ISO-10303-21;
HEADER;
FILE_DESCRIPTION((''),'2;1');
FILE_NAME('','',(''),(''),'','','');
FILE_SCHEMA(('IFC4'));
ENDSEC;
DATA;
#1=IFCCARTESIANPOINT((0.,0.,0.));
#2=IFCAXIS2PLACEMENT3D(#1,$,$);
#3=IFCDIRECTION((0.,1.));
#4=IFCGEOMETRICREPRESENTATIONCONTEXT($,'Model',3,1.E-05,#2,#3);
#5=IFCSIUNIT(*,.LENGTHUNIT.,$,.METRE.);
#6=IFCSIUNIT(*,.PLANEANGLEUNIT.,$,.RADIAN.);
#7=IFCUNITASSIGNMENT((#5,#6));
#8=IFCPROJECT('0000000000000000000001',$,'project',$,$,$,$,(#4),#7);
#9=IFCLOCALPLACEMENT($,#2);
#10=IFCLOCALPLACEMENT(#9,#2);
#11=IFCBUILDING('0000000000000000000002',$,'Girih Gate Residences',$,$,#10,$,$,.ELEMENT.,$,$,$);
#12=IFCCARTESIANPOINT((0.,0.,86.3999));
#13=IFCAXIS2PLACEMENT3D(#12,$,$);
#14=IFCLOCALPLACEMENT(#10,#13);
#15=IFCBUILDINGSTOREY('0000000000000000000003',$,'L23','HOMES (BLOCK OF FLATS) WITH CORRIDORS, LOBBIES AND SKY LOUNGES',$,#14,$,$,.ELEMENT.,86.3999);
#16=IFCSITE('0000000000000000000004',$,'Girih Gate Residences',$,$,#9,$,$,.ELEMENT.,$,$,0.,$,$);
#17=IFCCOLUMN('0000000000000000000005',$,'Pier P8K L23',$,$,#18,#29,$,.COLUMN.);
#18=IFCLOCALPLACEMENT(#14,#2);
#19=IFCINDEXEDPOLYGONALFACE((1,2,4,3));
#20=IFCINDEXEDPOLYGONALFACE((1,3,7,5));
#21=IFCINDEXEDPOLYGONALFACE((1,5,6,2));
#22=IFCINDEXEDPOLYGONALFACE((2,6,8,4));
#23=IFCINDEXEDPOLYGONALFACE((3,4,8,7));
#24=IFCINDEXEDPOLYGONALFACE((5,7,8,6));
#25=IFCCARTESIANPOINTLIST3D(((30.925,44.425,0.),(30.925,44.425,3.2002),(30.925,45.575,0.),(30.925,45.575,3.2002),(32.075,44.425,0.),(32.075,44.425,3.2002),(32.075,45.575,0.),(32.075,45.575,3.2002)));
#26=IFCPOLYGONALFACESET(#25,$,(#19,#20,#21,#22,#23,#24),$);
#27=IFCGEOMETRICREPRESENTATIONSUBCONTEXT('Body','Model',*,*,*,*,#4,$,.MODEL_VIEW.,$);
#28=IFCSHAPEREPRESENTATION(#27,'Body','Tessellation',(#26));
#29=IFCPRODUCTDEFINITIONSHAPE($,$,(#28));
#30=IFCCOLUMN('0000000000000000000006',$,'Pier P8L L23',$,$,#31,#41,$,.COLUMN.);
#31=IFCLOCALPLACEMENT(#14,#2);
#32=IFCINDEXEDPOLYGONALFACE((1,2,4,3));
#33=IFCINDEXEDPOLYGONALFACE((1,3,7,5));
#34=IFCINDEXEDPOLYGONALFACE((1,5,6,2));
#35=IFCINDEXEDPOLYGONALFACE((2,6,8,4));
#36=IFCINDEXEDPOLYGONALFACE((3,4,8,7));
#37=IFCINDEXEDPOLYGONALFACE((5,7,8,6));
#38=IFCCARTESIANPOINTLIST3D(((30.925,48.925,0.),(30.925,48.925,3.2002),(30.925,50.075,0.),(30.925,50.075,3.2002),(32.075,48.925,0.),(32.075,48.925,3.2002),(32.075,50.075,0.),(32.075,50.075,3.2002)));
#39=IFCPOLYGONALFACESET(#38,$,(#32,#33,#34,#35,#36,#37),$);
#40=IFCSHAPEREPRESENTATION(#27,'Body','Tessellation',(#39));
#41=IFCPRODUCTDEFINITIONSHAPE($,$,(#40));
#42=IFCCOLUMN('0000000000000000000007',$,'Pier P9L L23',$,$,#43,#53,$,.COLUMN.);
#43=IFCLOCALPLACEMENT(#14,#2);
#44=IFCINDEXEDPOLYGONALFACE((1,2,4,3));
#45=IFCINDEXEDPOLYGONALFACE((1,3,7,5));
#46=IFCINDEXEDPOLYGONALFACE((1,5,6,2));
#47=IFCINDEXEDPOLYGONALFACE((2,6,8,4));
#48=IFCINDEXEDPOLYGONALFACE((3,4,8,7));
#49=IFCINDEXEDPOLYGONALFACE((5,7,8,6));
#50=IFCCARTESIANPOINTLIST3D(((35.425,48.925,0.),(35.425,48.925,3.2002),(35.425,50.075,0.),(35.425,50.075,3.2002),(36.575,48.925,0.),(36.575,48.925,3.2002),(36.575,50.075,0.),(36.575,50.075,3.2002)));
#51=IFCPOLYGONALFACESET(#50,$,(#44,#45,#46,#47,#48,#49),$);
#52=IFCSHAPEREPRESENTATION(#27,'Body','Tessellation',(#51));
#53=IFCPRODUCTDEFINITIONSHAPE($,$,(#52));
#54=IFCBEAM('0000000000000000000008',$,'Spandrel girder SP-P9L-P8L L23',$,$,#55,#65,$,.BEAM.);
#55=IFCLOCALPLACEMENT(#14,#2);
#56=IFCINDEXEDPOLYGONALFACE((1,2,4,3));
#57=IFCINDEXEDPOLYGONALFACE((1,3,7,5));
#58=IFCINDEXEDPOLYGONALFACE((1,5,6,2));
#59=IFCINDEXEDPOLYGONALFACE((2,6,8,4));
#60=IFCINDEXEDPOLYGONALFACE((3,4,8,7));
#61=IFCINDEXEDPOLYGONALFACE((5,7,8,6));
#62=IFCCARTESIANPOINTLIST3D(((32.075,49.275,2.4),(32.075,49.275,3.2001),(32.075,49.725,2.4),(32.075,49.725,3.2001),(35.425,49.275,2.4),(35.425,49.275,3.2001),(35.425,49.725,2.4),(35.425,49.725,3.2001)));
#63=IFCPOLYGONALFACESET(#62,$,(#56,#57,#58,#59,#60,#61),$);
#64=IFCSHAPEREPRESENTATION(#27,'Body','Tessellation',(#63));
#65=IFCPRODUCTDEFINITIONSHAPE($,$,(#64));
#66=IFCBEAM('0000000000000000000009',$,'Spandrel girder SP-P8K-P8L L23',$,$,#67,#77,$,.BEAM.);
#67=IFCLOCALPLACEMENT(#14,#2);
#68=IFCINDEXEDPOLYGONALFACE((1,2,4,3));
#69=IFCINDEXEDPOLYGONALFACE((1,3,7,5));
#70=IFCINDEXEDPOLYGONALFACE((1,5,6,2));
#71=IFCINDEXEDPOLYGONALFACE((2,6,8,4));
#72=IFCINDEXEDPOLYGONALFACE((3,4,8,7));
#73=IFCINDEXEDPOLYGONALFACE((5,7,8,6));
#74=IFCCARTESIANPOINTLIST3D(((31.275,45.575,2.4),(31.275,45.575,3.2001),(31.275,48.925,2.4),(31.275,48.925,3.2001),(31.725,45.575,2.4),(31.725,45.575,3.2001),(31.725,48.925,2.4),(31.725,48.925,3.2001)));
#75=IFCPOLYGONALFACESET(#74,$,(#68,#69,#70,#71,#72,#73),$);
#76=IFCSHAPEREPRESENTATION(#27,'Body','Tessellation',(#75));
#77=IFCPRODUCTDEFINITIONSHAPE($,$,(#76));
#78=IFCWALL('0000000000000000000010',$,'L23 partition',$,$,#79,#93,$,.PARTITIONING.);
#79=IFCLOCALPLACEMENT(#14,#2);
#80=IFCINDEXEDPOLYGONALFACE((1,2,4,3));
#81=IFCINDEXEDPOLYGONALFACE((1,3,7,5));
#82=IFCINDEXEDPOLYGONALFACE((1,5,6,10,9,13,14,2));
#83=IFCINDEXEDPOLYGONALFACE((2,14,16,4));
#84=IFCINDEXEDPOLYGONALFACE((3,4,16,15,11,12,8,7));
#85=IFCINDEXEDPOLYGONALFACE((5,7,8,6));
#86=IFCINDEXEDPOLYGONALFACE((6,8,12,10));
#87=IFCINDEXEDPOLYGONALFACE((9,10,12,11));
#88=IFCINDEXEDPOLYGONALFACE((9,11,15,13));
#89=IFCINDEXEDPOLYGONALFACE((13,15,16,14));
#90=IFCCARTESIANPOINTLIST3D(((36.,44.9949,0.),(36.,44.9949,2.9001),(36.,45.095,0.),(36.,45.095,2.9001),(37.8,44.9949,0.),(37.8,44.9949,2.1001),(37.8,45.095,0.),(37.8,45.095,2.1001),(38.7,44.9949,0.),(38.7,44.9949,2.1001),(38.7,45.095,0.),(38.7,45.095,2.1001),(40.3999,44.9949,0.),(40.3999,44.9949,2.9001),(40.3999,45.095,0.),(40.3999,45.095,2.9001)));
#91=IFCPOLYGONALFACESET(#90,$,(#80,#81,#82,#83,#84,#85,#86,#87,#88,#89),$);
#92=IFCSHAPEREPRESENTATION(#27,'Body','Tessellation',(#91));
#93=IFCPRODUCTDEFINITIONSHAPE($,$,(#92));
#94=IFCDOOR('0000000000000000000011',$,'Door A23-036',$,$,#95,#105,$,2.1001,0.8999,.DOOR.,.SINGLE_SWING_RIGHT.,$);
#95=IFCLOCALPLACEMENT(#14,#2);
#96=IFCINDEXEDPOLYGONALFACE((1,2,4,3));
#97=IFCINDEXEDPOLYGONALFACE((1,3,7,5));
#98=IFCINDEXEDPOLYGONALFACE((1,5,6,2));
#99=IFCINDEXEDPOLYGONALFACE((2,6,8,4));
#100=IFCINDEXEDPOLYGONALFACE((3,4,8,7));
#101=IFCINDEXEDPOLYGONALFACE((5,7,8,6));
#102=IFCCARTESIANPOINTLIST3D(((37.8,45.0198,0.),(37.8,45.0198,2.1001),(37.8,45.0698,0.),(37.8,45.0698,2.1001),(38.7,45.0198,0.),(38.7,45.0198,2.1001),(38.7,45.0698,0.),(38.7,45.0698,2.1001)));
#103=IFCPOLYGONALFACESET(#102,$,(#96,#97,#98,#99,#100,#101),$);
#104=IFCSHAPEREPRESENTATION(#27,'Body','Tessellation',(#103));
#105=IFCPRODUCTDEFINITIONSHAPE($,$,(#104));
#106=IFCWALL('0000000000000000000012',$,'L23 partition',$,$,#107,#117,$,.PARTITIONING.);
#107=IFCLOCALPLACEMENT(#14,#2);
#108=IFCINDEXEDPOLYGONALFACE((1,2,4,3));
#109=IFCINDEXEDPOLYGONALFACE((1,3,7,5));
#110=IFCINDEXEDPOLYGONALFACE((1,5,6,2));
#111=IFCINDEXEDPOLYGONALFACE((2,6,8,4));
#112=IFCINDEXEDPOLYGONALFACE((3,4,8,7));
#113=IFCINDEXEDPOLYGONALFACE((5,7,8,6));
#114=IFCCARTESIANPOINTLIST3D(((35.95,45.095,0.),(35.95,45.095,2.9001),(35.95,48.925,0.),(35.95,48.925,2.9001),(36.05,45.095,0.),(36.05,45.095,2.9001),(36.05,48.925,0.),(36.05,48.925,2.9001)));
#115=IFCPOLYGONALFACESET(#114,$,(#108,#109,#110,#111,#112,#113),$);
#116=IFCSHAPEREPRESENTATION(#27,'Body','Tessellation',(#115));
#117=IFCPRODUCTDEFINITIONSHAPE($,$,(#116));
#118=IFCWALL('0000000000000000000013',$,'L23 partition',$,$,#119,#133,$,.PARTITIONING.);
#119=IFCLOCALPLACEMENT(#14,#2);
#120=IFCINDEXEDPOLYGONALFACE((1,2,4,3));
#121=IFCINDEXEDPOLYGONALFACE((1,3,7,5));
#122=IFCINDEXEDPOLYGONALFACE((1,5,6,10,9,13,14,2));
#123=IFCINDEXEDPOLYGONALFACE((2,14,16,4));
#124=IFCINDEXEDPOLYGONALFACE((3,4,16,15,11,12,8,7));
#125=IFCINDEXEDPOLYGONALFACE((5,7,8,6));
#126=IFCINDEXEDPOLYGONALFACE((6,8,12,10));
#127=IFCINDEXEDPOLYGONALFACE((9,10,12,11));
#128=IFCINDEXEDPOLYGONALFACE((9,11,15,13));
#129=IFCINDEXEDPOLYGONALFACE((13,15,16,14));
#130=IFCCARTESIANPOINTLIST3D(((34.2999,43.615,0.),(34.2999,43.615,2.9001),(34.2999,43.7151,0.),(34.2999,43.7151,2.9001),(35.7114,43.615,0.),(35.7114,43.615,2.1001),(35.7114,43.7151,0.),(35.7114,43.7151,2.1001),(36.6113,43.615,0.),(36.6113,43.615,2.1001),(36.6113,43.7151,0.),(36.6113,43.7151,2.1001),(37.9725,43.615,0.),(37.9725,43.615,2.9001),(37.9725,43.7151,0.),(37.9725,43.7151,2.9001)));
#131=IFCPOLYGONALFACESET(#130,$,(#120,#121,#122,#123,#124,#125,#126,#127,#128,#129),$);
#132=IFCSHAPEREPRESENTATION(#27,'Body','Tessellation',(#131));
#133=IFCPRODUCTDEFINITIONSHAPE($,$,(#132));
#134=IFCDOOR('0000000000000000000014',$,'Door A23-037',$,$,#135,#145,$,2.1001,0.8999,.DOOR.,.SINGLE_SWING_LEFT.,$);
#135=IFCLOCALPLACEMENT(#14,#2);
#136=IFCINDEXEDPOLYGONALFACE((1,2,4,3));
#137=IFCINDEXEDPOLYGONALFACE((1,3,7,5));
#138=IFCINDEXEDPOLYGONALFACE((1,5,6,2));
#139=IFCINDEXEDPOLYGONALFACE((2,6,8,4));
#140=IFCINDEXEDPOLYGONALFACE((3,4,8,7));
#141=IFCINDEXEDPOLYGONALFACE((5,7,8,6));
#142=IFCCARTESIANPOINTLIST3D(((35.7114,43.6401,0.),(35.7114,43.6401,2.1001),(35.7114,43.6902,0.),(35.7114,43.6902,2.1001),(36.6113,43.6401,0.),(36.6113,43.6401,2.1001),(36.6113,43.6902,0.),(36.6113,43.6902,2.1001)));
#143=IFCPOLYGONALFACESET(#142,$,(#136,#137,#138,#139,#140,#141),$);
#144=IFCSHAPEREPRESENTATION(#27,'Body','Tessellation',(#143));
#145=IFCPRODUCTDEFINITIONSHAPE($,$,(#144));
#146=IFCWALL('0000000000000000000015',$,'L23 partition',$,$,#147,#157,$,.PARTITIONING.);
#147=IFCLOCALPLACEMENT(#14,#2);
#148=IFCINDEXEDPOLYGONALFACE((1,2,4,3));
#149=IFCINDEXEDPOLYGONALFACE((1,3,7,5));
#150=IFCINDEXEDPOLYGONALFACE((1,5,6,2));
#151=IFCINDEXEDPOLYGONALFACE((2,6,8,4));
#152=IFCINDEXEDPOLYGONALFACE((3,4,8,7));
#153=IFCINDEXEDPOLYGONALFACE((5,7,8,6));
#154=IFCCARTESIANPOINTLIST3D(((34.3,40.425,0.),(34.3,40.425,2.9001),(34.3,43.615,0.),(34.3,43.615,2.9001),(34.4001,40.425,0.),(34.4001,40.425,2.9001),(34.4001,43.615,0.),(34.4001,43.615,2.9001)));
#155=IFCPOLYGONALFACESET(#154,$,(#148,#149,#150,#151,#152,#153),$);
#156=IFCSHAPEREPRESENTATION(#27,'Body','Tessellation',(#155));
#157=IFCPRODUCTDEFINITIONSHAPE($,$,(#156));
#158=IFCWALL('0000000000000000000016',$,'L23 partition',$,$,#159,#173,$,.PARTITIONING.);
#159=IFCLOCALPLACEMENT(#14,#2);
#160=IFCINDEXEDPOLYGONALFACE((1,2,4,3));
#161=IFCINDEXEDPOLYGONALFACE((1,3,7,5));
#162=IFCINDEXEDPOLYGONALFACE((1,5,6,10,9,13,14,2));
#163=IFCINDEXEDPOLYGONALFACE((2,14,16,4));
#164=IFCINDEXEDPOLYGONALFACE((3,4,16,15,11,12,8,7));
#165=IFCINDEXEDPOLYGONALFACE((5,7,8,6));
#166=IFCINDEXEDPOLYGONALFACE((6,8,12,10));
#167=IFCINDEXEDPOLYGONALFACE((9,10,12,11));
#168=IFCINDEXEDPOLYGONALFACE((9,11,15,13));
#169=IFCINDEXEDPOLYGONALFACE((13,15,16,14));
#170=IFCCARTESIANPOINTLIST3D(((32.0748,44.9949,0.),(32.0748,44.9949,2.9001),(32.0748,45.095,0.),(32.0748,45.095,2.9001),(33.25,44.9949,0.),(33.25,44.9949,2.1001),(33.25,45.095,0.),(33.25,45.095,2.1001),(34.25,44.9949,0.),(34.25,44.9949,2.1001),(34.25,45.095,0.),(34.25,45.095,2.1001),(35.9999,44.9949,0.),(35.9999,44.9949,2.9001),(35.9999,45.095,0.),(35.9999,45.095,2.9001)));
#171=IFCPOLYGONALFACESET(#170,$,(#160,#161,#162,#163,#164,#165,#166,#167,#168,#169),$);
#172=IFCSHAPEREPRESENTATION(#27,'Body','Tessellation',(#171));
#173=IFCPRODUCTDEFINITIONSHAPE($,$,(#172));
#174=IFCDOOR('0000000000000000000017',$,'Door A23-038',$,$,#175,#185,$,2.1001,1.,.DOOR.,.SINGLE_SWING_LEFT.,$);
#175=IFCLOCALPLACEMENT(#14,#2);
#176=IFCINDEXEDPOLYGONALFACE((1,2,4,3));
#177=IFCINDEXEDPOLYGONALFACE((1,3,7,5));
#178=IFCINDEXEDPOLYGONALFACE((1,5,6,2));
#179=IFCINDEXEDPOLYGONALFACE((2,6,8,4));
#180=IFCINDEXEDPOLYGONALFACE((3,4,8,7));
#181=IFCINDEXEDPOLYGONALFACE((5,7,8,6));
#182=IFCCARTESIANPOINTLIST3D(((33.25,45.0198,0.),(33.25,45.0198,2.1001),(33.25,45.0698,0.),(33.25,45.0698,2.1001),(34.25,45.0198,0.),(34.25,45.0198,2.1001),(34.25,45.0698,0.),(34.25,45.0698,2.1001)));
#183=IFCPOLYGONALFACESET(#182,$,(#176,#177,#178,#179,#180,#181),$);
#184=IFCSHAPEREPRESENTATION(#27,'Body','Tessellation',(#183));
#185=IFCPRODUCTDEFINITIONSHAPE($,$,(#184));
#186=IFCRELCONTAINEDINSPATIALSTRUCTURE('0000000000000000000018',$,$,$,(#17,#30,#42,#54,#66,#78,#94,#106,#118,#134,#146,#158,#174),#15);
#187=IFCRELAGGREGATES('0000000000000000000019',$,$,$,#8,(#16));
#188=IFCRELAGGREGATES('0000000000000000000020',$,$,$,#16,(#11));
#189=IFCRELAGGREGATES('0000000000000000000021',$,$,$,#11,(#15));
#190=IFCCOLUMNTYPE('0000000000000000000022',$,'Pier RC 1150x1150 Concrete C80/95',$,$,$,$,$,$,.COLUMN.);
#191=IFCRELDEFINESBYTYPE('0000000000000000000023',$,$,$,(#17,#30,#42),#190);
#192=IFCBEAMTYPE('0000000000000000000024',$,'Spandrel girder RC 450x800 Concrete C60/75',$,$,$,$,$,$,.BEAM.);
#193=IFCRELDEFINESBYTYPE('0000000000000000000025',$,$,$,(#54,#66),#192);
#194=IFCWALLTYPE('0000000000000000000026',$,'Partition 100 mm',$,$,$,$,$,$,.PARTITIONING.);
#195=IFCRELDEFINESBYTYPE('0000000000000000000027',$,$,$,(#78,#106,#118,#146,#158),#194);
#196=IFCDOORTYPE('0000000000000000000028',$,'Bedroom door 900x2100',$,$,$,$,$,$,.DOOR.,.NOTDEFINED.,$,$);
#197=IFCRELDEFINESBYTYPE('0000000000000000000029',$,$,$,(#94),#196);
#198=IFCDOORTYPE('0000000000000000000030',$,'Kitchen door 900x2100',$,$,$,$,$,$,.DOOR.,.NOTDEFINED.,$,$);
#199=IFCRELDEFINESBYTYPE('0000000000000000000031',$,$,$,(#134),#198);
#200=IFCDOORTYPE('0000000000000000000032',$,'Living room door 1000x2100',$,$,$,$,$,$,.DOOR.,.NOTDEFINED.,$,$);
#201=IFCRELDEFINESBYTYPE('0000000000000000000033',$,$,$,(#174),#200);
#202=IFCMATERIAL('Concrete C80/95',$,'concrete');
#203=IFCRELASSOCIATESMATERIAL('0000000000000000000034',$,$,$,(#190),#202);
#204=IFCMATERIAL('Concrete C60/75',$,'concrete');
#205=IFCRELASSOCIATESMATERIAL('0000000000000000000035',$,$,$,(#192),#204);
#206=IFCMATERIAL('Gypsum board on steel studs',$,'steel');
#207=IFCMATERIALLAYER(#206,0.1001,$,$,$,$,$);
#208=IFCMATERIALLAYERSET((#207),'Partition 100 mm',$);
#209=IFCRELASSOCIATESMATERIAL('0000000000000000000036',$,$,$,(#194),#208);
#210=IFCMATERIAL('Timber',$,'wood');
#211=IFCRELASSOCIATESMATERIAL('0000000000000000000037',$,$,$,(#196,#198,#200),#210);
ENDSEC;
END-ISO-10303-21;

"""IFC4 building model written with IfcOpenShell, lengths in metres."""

from ifc_helpers import new_model, si_unit, direction, frame, frame_2d, origin, origin_2d, place, context, subcontext, project, spatial, rectangle, extrude, material, layer, layer_set, material_profile, profile_set, type_object, element, fill, save


model = new_model("IFC4")

# Units and contexts
model_context = context("Model", 3, precision=1e-05, world=origin(), true_north=direction((0.0, 1.0)))
body_context = subcontext(model_context, "Body", "Model", "MODEL_VIEW")
ifc_project = project(units=[si_unit("LENGTHUNIT", "METRE"), si_unit("PLANEANGLEUNIT", "RADIAN")], contexts=[model_context])

# Site, building, storey
site_placement = place(None, origin())
site = spatial("IfcSite", under=ifc_project, at=site_placement, Name="Girih Gate Residences", CompositionType="ELEMENT", RefElevation=0.0)
building_placement = place(site_placement, origin())
building = spatial("IfcBuilding", under=site, at=building_placement, Name="Girih Gate Residences", CompositionType="ELEMENT")
storey_placement = place(building_placement, frame((0.0, 0.0, 86.3999)))
storey = spatial("IfcBuildingStorey", under=building, at=storey_placement, Name="L23", Description="HOMES (BLOCK OF FLATS) WITH CORRIDORS, LOBBIES AND SKY LOUNGES", CompositionType="ELEMENT", Elevation=86.3999)

# Columns
ifc_material_1 = material(Name="Concrete C80/95", Category="concrete")
ifc_material_profile_1 = material_profile(ifc_material_1, rectangle(XDim=1.1499, YDim=1.1499, at=origin_2d()))
ifc_profile_set_1 = profile_set([ifc_material_profile_1], Name="Concrete C80/95")
column_type = type_object("IfcColumnType", Name="Pier RC 1150x1150 Concrete C80/95", PredefinedType="COLUMN", material=ifc_profile_set_1)
for number, where, z_axis, x_axis, name in (
    (1, (31.5, 45.0, 0.0), (0.0, 0.0, 1.0), (1.0, 0.0, 0.0), "Pier P8K L23"),
    (2, (31.5, 49.5, 0.0), (0.0, 0.0, 1.0), (1.0, 0.0, 0.0), "Pier P8L L23"),
    (3, (36.0, 49.5, 0.0), (0.0, 0.0, 1.0), (1.0, 0.0, 0.0), "Pier P9L L23"),
):
    element("IfcColumn", number, at=place(storey_placement, frame(where, z_axis=z_axis, x_axis=x_axis)), inside=storey, type_object=column_type, Name=name, PredefinedType="COLUMN", context=body_context, shape_type="SweptSolid", body=[
        extrude(rectangle(XDim=1.1499, YDim=1.1499, at=origin_2d()), origin(), (0.0, 0.0, 1.0), 3.2002),
    ])

# Beams
ifc_material_2 = material(Name="Concrete C60/75", Category="concrete")
ifc_material_profile_2 = material_profile(ifc_material_2, rectangle(XDim=0.45, YDim=0.8, at=origin_2d()))
ifc_profile_set_2 = profile_set([ifc_material_profile_2], Name="Concrete C60/75")
beam_type = type_object("IfcBeamType", Name="Spandrel girder RC 450x800 Concrete C60/75", PredefinedType="BEAM", material=ifc_profile_set_2)
for number, where, z_axis, x_axis, name in (
    (4, (35.425, 49.5, 2.8), (-1.0, 0.0, 0.0), (0.0, -1.0, 0.0), "Spandrel girder SP-P9L-P8L L23"),
    (5, (31.5, 45.575, 2.8), (0.0, 1.0, 0.0), (-1.0, 0.0, 0.0), "Spandrel girder SP-P8K-P8L L23"),
):
    element("IfcBeam", number, at=place(storey_placement, frame(where, z_axis=z_axis, x_axis=x_axis)), inside=storey, type_object=beam_type, Name=name, PredefinedType="BEAM", context=body_context, shape_type="SweptSolid", body=[
        extrude(rectangle(XDim=0.45, YDim=0.8, at=origin_2d()), origin(), (0.0, 0.0, 1.0), 3.3501),
    ])

# Wall, opening, door
ifc_material_3 = material(Name="Gypsum board on steel studs", Category="steel")
ifc_layer_1 = layer(ifc_material_3, 0.1001)
ifc_layer_set_1 = layer_set([ifc_layer_1], Name="Partition 100 mm")
wall_type_1 = type_object("IfcWallType", Name="Partition 100 mm", PredefinedType="PARTITIONING", material=ifc_layer_set_1)
wall_1_placement = place(storey_placement, frame((36.0, 45.0449, 0.0), z_axis=(0.0, 0.0, 1.0), x_axis=(1.0, 0.0, 0.0)))
wall_1 = element("IfcWall", 6, at=wall_1_placement, inside=storey, type_object=wall_type_1, Name="L23 partition", PredefinedType="PARTITIONING", context=body_context, shape_type="SweptSolid", body=[
    extrude(rectangle(XDim=4.3999, YDim=0.1001, at=frame_2d((2.2, 0.0))), origin(), (0.0, 0.0, 1.0), 2.9001),
])
opening_1_placement = place(wall_1_placement, frame((1.8, 0.0, 0.0)))
opening_1 = element("IfcOpeningElement", 7, at=opening_1_placement, cuts=wall_1, PredefinedType="OPENING", context=body_context, shape_type="SweptSolid", body=[
    extrude(rectangle(XDim=0.8999, YDim=2.1001, at=frame_2d((0.45, 1.05))), frame((0.0, 0.0601, 0.0), z_axis=(0.0, -1.0, 0.0), x_axis=(1.0, 0.0, 0.0)), (0.0, 0.0, 1.0), 0.1201),
])
ifc_material_4 = material(Name="Timber", Category="wood")
door_type_1 = type_object("IfcDoorType", Name="Bedroom door 900x2100", OperationType="NOTDEFINED", PredefinedType="DOOR", material=ifc_material_4)
door_1_placement = place(opening_1_placement, origin())
door_1 = element("IfcDoor", 8, at=door_1_placement, inside=storey, type_object=door_type_1, Name="Door A23-036", OperationType="SINGLE_SWING_RIGHT", OverallHeight=2.1001, OverallWidth=0.8999, PredefinedType="DOOR", context=body_context, shape_type="SweptSolid", body=[
    extrude(rectangle(XDim=0.8999, YDim=2.1001, at=frame_2d((0.45, 1.05))), frame((0.0, 0.0249, 0.0), z_axis=(0.0, -1.0, 0.0), x_axis=(1.0, 0.0, 0.0)), (0.0, 0.0, 1.0), 0.05),
])
fill(opening_1, door_1)

# Wall
wall_2_placement = place(storey_placement, frame((36.0, 45.095, 0.0), z_axis=(0.0, 0.0, 1.0), x_axis=(0.0, 1.0, 0.0)))
element("IfcWall", 9, at=wall_2_placement, inside=storey, type_object=wall_type_1, Name="L23 partition", PredefinedType="PARTITIONING", context=body_context, shape_type="SweptSolid", body=[
    extrude(rectangle(XDim=3.8301, YDim=0.1001, at=frame_2d((1.915, 0.0))), origin(), (0.0, 0.0, 1.0), 2.9001),
])

# Wall, opening, door
wall_3_placement = place(storey_placement, frame((37.9727, 43.665, 0.0), z_axis=(0.0, 0.0, 1.0), x_axis=(-1.0, 0.0, 0.0)))
wall_3 = element("IfcWall", 10, at=wall_3_placement, inside=storey, type_object=wall_type_1, Name="L23 partition", PredefinedType="PARTITIONING", context=body_context, shape_type="SweptSolid", body=[
    extrude(rectangle(XDim=3.6726, YDim=0.1001, at=frame_2d((1.8364, 0.0))), origin(), (0.0, 0.0, 1.0), 2.9001),
])
opening_2_placement = place(wall_3_placement, frame((1.3613, 0.0, 0.0)))
opening_2 = element("IfcOpeningElement", 11, at=opening_2_placement, cuts=wall_3, PredefinedType="OPENING", context=body_context, shape_type="SweptSolid", body=[
    extrude(rectangle(XDim=0.8999, YDim=2.1001, at=frame_2d((0.45, 1.05))), frame((0.0, 0.0601, 0.0), z_axis=(0.0, -1.0, 0.0), x_axis=(1.0, 0.0, 0.0)), (0.0, 0.0, 1.0), 0.1201),
])
door_type_2 = type_object("IfcDoorType", Name="Kitchen door 900x2100", OperationType="NOTDEFINED", PredefinedType="DOOR", material=ifc_material_4)
door_2_placement = place(opening_2_placement, origin())
door_2 = element("IfcDoor", 12, at=door_2_placement, inside=storey, type_object=door_type_2, Name="Door A23-037", OperationType="SINGLE_SWING_LEFT", OverallHeight=2.1001, OverallWidth=0.8999, PredefinedType="DOOR", context=body_context, shape_type="SweptSolid", body=[
    extrude(rectangle(XDim=0.8999, YDim=2.1001, at=frame_2d((0.45, 1.05))), frame((0.0, 0.0249, 0.0), z_axis=(0.0, -1.0, 0.0), x_axis=(1.0, 0.0, 0.0)), (0.0, 0.0, 1.0), 0.05),
])
fill(opening_2, door_2)

# Wall
wall_4_placement = place(storey_placement, frame((34.3501, 40.425, 0.0), z_axis=(0.0, 0.0, 1.0), x_axis=(0.0, 1.0, 0.0)))
element("IfcWall", 13, at=wall_4_placement, inside=storey, type_object=wall_type_1, Name="L23 partition", PredefinedType="PARTITIONING", context=body_context, shape_type="SweptSolid", body=[
    extrude(rectangle(XDim=3.1899, YDim=0.1001, at=frame_2d((1.595, 0.0))), origin(), (0.0, 0.0, 1.0), 2.9001),
])

# Wall, opening, door
wall_5_placement = place(storey_placement, frame((32.075, 45.0449, 0.0), z_axis=(0.0, 0.0, 1.0), x_axis=(1.0, 0.0, 0.0)))
wall_5 = element("IfcWall", 14, at=wall_5_placement, inside=storey, type_object=wall_type_1, Name="L23 partition", PredefinedType="PARTITIONING", context=body_context, shape_type="SweptSolid", body=[
    extrude(rectangle(XDim=3.925, YDim=0.1001, at=frame_2d((1.9624, 0.0))), origin(), (0.0, 0.0, 1.0), 2.9001),
])
opening_3_placement = place(wall_5_placement, frame((1.175, 0.0, 0.0)))
opening_3 = element("IfcOpeningElement", 15, at=opening_3_placement, cuts=wall_5, PredefinedType="OPENING", context=body_context, shape_type="SweptSolid", body=[
    extrude(rectangle(XDim=1.0, YDim=2.1001, at=frame_2d((0.5, 1.05))), frame((0.0, 0.0601, 0.0), z_axis=(0.0, -1.0, 0.0), x_axis=(1.0, 0.0, 0.0)), (0.0, 0.0, 1.0), 0.1201),
])
door_type_3 = type_object("IfcDoorType", Name="Living room door 1000x2100", OperationType="NOTDEFINED", PredefinedType="DOOR", material=ifc_material_4)
door_3_placement = place(opening_3_placement, origin())
door_3 = element("IfcDoor", 16, at=door_3_placement, inside=storey, type_object=door_type_3, Name="Door A23-038", OperationType="SINGLE_SWING_LEFT", OverallHeight=2.1001, OverallWidth=1.0, PredefinedType="DOOR", context=body_context, shape_type="SweptSolid", body=[
    extrude(rectangle(XDim=1.0, YDim=2.1001, at=frame_2d((0.5, 1.05))), frame((0.0, 0.0249, 0.0), z_axis=(0.0, -1.0, 0.0), x_axis=(1.0, 0.0, 0.0)), (0.0, 0.0, 1.0), 0.05),
])
fill(opening_3, door_3)

save(model, "model.ifc")
